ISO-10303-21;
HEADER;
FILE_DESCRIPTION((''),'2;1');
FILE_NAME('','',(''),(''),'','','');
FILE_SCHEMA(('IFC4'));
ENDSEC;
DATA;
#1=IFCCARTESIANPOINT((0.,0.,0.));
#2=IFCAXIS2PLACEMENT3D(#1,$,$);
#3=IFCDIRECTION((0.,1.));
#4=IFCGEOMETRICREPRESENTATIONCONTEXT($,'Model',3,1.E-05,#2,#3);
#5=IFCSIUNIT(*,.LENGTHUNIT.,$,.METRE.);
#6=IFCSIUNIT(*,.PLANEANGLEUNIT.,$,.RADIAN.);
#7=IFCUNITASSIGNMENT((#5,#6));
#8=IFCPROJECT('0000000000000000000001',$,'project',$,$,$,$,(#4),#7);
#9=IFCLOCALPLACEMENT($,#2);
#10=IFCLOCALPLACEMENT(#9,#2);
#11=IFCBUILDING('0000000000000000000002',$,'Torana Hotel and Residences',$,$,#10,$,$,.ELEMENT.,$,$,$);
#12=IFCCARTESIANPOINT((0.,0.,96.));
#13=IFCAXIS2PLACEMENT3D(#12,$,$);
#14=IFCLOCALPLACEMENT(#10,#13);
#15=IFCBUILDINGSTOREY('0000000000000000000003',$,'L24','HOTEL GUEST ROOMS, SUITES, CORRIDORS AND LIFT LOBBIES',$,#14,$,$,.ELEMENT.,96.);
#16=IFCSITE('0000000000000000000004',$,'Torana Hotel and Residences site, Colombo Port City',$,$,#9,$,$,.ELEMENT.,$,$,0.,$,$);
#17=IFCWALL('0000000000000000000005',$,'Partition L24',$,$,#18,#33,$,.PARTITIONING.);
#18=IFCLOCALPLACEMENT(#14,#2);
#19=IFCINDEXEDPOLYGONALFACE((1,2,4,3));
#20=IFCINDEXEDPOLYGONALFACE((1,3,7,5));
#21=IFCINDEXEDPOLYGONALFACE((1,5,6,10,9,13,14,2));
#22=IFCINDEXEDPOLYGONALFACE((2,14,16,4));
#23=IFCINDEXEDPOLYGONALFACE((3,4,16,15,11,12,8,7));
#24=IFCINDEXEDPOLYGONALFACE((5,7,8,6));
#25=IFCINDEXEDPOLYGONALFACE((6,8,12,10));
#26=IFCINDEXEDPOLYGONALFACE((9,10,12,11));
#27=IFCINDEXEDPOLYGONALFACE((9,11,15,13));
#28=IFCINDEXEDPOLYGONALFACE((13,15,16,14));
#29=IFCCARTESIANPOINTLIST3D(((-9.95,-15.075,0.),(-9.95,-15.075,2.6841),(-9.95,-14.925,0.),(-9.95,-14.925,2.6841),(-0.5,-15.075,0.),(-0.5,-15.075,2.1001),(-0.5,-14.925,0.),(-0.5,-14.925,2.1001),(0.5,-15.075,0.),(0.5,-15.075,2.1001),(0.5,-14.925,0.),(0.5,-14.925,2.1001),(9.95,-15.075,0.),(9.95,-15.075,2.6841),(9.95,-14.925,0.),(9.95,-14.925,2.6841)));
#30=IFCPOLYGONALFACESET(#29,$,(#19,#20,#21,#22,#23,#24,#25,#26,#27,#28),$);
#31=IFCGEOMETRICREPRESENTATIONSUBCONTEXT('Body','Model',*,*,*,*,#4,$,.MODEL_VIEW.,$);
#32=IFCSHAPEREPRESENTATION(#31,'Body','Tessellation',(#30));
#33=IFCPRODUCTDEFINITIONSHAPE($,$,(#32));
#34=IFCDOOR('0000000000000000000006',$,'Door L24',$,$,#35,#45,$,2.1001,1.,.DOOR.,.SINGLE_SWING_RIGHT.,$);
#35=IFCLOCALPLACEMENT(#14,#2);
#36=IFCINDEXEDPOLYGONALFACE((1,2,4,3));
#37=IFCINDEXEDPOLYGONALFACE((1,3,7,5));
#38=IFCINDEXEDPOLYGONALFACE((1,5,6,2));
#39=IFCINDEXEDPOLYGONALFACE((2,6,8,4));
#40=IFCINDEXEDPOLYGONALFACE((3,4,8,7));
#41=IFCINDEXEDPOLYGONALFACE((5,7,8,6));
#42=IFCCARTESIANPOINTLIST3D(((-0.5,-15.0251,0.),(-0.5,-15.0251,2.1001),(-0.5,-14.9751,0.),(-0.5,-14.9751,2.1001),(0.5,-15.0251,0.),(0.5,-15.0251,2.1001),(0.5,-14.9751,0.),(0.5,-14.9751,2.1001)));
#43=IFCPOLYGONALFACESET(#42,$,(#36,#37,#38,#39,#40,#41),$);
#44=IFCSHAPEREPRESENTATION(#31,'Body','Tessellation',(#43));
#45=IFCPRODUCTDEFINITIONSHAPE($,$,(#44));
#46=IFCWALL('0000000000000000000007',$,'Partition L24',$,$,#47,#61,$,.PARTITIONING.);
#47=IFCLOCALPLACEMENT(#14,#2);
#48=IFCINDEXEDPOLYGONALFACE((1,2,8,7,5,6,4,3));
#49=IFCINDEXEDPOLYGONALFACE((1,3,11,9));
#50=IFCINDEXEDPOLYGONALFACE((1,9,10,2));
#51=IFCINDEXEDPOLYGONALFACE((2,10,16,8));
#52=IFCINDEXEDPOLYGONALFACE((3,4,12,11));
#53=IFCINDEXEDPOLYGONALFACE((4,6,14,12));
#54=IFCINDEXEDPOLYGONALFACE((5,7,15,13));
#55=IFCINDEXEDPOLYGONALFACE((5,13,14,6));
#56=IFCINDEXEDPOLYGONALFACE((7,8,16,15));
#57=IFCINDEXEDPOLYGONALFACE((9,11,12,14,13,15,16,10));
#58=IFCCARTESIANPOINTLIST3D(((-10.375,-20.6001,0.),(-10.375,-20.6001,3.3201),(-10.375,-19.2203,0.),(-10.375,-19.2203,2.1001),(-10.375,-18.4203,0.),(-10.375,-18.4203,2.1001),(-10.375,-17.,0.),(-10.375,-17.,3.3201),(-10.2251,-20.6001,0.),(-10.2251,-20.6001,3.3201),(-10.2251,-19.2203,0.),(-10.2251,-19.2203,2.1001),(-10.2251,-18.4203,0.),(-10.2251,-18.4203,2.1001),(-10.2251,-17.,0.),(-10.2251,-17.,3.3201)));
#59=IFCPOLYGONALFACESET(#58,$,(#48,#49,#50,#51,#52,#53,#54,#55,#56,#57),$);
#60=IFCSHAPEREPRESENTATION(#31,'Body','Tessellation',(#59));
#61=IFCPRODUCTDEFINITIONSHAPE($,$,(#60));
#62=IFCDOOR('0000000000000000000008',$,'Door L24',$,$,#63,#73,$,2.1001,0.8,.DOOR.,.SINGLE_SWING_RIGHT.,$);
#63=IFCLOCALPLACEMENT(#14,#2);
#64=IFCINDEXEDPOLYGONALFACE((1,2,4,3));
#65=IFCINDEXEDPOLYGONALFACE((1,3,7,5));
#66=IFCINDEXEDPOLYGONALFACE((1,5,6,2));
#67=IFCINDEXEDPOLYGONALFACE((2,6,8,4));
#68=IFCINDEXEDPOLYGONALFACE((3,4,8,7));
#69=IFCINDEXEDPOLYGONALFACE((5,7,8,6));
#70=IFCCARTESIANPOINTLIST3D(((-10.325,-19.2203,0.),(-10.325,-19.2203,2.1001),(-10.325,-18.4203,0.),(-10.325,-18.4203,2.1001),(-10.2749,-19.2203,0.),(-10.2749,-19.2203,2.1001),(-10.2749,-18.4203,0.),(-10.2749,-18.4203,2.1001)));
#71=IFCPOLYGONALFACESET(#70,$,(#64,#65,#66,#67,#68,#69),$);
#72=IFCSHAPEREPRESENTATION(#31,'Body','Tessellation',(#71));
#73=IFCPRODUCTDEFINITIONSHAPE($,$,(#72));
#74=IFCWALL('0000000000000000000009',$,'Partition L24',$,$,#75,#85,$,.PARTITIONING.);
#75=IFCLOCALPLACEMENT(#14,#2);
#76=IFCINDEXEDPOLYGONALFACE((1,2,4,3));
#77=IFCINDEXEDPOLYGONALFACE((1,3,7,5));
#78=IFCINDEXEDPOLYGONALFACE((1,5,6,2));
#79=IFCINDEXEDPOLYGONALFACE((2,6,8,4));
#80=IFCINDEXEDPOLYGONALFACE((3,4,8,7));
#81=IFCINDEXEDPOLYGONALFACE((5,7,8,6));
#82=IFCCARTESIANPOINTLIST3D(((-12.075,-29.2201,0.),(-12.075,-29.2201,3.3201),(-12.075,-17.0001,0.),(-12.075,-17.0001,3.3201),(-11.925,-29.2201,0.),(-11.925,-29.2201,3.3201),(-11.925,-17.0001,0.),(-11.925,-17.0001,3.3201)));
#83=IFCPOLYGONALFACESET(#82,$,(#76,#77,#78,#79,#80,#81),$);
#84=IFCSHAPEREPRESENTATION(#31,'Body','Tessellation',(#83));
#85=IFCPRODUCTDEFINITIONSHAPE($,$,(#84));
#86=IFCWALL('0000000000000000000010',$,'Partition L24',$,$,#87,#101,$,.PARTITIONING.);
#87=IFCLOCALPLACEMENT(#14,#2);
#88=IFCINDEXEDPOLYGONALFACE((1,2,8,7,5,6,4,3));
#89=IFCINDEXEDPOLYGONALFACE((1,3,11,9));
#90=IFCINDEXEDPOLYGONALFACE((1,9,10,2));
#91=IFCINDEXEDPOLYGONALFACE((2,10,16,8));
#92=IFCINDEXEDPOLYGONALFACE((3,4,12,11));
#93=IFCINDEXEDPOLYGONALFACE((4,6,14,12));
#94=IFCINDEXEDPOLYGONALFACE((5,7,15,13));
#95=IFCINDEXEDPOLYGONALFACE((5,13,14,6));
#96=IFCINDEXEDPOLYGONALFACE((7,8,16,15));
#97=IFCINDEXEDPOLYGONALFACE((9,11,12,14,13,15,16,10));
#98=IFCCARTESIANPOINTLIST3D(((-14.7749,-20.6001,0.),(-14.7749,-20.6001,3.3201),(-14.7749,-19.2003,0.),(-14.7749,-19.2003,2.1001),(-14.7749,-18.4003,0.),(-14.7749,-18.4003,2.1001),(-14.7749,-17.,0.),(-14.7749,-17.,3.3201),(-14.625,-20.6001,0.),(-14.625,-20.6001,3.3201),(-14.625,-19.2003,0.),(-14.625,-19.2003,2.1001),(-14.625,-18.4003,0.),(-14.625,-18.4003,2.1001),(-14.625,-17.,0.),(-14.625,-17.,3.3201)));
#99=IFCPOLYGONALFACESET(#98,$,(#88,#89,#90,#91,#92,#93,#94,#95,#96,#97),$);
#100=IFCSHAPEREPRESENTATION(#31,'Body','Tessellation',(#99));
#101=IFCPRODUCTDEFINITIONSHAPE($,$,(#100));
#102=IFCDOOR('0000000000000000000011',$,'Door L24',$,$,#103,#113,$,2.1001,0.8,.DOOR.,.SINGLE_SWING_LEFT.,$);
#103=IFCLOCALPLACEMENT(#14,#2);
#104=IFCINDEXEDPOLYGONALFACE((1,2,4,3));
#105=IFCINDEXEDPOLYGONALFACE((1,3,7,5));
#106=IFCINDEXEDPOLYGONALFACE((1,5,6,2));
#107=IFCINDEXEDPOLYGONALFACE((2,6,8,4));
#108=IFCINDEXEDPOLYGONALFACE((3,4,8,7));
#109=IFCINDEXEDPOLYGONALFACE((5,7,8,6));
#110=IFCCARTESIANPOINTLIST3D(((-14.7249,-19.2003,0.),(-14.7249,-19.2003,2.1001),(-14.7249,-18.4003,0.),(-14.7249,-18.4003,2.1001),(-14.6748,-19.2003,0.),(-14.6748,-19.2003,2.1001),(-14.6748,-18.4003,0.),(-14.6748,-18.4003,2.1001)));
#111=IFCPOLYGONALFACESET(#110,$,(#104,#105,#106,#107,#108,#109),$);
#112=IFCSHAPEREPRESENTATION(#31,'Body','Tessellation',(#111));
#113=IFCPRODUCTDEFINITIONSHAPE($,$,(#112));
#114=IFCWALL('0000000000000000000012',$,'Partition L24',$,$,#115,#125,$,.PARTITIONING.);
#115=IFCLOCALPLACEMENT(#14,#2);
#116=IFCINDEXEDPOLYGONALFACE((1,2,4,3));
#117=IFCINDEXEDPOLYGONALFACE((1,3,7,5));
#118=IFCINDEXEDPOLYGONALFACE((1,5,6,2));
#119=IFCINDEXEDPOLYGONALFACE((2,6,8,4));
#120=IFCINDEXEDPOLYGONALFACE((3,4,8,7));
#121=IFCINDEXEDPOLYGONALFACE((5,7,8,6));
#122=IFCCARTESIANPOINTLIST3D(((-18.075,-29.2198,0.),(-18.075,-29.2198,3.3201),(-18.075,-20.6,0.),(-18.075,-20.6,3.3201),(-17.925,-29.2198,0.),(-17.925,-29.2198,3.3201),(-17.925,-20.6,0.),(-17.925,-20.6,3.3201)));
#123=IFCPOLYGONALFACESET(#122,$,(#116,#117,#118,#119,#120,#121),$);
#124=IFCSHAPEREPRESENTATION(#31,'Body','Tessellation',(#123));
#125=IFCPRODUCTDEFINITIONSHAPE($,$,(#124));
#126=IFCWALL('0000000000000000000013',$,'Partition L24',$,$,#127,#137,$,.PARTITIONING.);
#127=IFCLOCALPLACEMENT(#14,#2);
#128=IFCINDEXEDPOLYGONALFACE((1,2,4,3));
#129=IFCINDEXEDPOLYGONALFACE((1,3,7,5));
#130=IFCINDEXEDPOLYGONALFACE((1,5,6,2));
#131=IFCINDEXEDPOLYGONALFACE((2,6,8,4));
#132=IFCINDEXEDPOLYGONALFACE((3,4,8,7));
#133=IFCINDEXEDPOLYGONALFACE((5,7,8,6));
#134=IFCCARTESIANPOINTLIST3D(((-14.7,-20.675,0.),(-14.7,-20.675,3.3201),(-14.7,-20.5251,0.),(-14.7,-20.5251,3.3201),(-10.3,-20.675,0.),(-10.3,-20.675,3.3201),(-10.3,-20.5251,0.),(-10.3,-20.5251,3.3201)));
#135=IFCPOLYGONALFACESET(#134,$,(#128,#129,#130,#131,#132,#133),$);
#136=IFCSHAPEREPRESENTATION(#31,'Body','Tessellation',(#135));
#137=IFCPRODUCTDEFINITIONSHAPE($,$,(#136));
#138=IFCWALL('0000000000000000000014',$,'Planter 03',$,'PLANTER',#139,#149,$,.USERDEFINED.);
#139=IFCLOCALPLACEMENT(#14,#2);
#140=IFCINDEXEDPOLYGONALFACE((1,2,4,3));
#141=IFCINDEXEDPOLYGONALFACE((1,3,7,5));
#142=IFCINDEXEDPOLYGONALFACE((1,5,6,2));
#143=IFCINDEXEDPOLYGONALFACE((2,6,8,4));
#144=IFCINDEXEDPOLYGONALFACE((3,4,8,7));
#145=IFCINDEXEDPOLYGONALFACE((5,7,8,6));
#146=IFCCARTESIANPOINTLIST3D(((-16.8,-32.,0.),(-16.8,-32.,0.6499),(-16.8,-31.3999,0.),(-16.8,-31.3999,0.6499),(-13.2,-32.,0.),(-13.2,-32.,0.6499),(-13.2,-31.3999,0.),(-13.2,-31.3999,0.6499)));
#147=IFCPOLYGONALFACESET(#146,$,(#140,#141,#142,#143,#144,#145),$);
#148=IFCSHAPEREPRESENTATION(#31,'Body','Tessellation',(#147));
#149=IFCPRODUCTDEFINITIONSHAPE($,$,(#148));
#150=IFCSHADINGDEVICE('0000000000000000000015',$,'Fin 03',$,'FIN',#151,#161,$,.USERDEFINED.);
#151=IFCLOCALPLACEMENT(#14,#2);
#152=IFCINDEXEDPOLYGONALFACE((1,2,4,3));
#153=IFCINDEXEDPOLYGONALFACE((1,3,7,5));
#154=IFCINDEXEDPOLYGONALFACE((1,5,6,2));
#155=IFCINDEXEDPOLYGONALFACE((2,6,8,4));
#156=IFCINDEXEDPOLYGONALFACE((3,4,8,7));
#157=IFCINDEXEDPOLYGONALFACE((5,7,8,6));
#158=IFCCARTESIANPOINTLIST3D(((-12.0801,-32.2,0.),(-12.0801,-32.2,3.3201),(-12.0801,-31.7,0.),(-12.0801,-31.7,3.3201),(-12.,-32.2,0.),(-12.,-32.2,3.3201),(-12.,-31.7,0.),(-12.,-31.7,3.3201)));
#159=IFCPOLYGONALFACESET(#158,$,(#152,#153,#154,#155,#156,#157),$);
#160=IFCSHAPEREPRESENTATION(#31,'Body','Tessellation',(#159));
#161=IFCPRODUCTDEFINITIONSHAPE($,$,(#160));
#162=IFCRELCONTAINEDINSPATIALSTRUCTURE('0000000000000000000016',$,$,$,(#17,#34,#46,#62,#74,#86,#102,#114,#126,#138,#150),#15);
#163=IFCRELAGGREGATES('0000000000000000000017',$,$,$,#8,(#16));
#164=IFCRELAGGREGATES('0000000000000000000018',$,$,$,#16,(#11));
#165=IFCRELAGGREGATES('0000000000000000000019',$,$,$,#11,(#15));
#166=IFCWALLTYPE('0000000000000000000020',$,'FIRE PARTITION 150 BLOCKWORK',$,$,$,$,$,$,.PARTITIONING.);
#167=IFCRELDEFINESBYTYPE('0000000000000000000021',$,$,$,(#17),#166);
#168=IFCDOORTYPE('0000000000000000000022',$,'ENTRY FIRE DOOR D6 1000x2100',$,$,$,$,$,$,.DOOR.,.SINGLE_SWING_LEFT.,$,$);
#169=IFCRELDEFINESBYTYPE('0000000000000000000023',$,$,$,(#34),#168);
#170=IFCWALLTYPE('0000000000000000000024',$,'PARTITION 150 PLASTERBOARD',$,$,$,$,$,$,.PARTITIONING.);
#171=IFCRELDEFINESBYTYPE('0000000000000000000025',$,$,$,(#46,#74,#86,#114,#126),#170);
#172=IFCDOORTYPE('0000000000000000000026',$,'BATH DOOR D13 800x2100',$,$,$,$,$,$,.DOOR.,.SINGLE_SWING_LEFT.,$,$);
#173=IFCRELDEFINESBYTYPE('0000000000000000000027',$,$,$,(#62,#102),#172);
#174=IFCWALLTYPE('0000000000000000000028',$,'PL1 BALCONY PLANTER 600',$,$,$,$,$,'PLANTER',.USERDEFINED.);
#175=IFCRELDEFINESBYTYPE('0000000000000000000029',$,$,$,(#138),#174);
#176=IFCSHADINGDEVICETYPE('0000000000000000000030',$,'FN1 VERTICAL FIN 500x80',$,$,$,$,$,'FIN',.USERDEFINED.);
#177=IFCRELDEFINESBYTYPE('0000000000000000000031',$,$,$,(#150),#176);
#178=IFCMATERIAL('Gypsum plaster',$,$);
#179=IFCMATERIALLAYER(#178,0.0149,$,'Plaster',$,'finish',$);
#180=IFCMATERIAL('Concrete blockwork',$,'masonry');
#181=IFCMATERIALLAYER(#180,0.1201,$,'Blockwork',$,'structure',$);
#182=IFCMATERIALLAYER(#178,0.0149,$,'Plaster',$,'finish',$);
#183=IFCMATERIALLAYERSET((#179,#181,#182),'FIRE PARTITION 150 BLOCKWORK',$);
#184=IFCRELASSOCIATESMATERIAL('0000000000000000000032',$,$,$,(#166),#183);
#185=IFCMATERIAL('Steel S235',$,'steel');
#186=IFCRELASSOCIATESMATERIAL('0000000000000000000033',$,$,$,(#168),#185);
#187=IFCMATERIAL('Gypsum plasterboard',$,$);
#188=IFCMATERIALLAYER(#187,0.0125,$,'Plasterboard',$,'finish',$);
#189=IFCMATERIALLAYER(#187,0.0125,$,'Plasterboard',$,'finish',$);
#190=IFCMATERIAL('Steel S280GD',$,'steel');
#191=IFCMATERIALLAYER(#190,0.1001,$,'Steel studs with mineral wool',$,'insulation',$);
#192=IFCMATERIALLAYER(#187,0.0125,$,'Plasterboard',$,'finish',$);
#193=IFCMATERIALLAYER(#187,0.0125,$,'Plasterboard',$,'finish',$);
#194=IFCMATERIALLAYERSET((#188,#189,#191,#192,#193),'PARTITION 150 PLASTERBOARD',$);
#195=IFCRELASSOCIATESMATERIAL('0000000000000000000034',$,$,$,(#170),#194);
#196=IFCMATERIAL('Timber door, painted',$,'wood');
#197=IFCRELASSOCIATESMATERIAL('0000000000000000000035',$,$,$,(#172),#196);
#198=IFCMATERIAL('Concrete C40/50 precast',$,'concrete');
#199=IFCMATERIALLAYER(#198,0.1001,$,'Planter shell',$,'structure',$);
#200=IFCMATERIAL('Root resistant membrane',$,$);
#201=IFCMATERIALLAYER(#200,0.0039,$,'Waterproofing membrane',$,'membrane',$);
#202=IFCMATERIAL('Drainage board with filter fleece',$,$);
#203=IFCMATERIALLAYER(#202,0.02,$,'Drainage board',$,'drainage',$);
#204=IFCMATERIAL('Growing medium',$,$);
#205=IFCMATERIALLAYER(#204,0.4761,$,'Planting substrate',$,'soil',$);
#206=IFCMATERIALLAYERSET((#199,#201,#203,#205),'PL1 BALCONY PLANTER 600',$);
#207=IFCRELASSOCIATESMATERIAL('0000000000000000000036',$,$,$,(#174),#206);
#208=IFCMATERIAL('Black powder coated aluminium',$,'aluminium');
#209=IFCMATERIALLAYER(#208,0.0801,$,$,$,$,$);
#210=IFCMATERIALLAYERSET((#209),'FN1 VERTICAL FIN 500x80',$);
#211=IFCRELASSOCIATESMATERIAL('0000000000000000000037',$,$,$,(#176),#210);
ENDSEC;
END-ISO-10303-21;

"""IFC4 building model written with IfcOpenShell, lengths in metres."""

from ifc_helpers import new_model, si_unit, direction, frame, frame_2d, origin, origin_2d, place, context, subcontext, project, spatial, rectangle, extrude, material, layer, layer_set, type_object, element, fill, save


model = new_model("IFC4")

# Units and contexts
model_context = context("Model", 3, precision=1e-05, world=origin(), true_north=direction((0.0, 1.0)))
body_context = subcontext(model_context, "Body", "Model", "MODEL_VIEW")
ifc_project = project(units=[si_unit("LENGTHUNIT", "METRE"), si_unit("PLANEANGLEUNIT", "RADIAN")], contexts=[model_context])

# Site, building, storey
site_placement = place(None, origin())
site = spatial("IfcSite", under=ifc_project, at=site_placement, Name="Torana Hotel and Residences site, Colombo Port City", CompositionType="ELEMENT", RefElevation=0.0)
building_placement = place(site_placement, origin())
building = spatial("IfcBuilding", under=site, at=building_placement, Name="Torana Hotel and Residences", CompositionType="ELEMENT")
storey_placement = place(building_placement, frame((0.0, 0.0, 96.0)))
storey = spatial("IfcBuildingStorey", under=building, at=storey_placement, Name="L24", Description="HOTEL GUEST ROOMS, SUITES, CORRIDORS AND LIFT LOBBIES", CompositionType="ELEMENT", Elevation=96.0)

# Shared definitions
ifc_material_1 = material(Name="Gypsum plaster")
ifc_layer_1 = layer(ifc_material_1, 0.0149, Name="Plaster", Category="finish")
ifc_material_2 = material(Name="Concrete blockwork", Category="masonry")
ifc_layer_2 = layer(ifc_material_2, 0.1201, Name="Blockwork", Category="structure")
ifc_layer_3 = layer(ifc_material_1, 0.0149, Name="Plaster", Category="finish")
ifc_layer_set_1 = layer_set([ifc_layer_1, ifc_layer_2, ifc_layer_3], Name="FIRE PARTITION 150 BLOCKWORK")
wall_type_1 = type_object("IfcWallType", Name="FIRE PARTITION 150 BLOCKWORK", PredefinedType="PARTITIONING", material=ifc_layer_set_1)

# Walls, openings, doors
wall_1_placement = place(storey_placement, frame((-9.95, -15.0, 0.0), z_axis=(0.0, 0.0, 1.0), x_axis=(1.0, 0.0, 0.0)))
wall_1 = element("IfcWall", 1, at=wall_1_placement, inside=storey, type_object=wall_type_1, Name="Partition L24", PredefinedType="PARTITIONING", context=body_context, shape_type="SweptSolid", body=[
    extrude(rectangle(XDim=19.8999, YDim=0.1499, at=frame_2d((9.95, 0.0))), origin(), (0.0, 0.0, 1.0), 2.6841),
])
opening_1_placement = place(wall_1_placement, frame((9.45, 0.0, 0.0)))
opening_1 = element("IfcOpeningElement", 2, at=opening_1_placement, cuts=wall_1, PredefinedType="OPENING", context=body_context, shape_type="SweptSolid", body=[
    extrude(rectangle(XDim=1.0, YDim=2.1001, at=frame_2d((0.5, 1.05))), frame((0.0, 0.085, 0.0), z_axis=(0.0, -1.0, 0.0), x_axis=(1.0, 0.0, 0.0)), (0.0, 0.0, 1.0), 0.1699),
])
ifc_material_3 = material(Name="Steel S235", Category="steel")
door_type_1 = type_object("IfcDoorType", Name="ENTRY FIRE DOOR D6 1000x2100", OperationType="SINGLE_SWING_LEFT", PredefinedType="DOOR", material=ifc_material_3)
door_1_placement = place(opening_1_placement, origin())
door_1 = element("IfcDoor", 3, at=door_1_placement, inside=storey, type_object=door_type_1, Name="Door L24", OperationType="SINGLE_SWING_RIGHT", OverallHeight=2.1001, OverallWidth=1.0, PredefinedType="DOOR", context=body_context, shape_type="SweptSolid", body=[
    extrude(rectangle(XDim=1.0, YDim=2.1001, at=frame_2d((0.5, 1.05))), frame((0.0, 0.0249, 0.0), z_axis=(0.0, -1.0, 0.0), x_axis=(1.0, 0.0, 0.0)), (0.0, 0.0, 1.0), 0.05),
])
fill(opening_1, door_1)
ifc_material_4 = material(Name="Gypsum plasterboard")
ifc_layer_4 = layer(ifc_material_4, 0.0125, Name="Plasterboard", Category="finish")
ifc_layer_5 = layer(ifc_material_4, 0.0125, Name="Plasterboard", Category="finish")
ifc_material_5 = material(Name="Steel S280GD", Category="steel")
ifc_layer_6 = layer(ifc_material_5, 0.1001, Name="Steel studs with mineral wool", Category="insulation")
ifc_layer_7 = layer(ifc_material_4, 0.0125, Name="Plasterboard", Category="finish")
ifc_layer_8 = layer(ifc_material_4, 0.0125, Name="Plasterboard", Category="finish")
ifc_layer_set_2 = layer_set([ifc_layer_4, ifc_layer_5, ifc_layer_6, ifc_layer_7, ifc_layer_8], Name="PARTITION 150 PLASTERBOARD")
wall_type_2 = type_object("IfcWallType", Name="PARTITION 150 PLASTERBOARD", PredefinedType="PARTITIONING", material=ifc_layer_set_2)
wall_2_placement = place(storey_placement, frame((-10.3, -20.6001, 0.0), z_axis=(0.0, 0.0, 1.0), x_axis=(0.0, 1.0, 0.0)))
wall_2 = element("IfcWall", 4, at=wall_2_placement, inside=storey, type_object=wall_type_2, Name="Partition L24", PredefinedType="PARTITIONING", context=body_context, shape_type="SweptSolid", body=[
    extrude(rectangle(XDim=3.6001, YDim=0.1499, at=frame_2d((1.8, 0.0))), origin(), (0.0, 0.0, 1.0), 3.3201),
])
opening_2_placement = place(wall_2_placement, frame((1.3799, 0.0, 0.0)))
opening_2 = element("IfcOpeningElement", 5, at=opening_2_placement, cuts=wall_2, PredefinedType="OPENING", context=body_context, shape_type="SweptSolid", body=[
    extrude(rectangle(XDim=0.8, YDim=2.1001, at=frame_2d((0.3999, 1.05))), frame((0.0, 0.085, 0.0), z_axis=(0.0, -1.0, 0.0), x_axis=(1.0, 0.0, 0.0)), (0.0, 0.0, 1.0), 0.1699),
])
ifc_material_6 = material(Name="Timber door, painted", Category="wood")
door_type_2 = type_object("IfcDoorType", Name="BATH DOOR D13 800x2100", OperationType="SINGLE_SWING_LEFT", PredefinedType="DOOR", material=ifc_material_6)
door_2_placement = place(opening_2_placement, origin())
door_2 = element("IfcDoor", 6, at=door_2_placement, inside=storey, type_object=door_type_2, Name="Door L24", OperationType="SINGLE_SWING_RIGHT", OverallHeight=2.1001, OverallWidth=0.8, PredefinedType="DOOR", context=body_context, shape_type="SweptSolid", body=[
    extrude(rectangle(XDim=0.8, YDim=2.1001, at=frame_2d((0.3999, 1.05))), frame((0.0, 0.0249, 0.0), z_axis=(0.0, -1.0, 0.0), x_axis=(1.0, 0.0, 0.0)), (0.0, 0.0, 1.0), 0.05),
])
fill(opening_2, door_2)

# Wall
wall_3_placement = place(storey_placement, frame((-12.0, -29.22, 0.0), z_axis=(0.0, 0.0, 1.0), x_axis=(0.0, 1.0, 0.0)))
element("IfcWall", 7, at=wall_3_placement, inside=storey, type_object=wall_type_2, Name="Partition L24", PredefinedType="PARTITIONING", context=body_context, shape_type="SweptSolid", body=[
    extrude(rectangle(XDim=12.22, YDim=0.1499, at=frame_2d((6.1099, 0.0))), origin(), (0.0, 0.0, 1.0), 3.3201),
])

# Wall, opening, door
wall_4_placement = place(storey_placement, frame((-14.7, -20.6001, 0.0), z_axis=(0.0, 0.0, 1.0), x_axis=(0.0, 1.0, 0.0)))
wall_4 = element("IfcWall", 8, at=wall_4_placement, inside=storey, type_object=wall_type_2, Name="Partition L24", PredefinedType="PARTITIONING", context=body_context, shape_type="SweptSolid", body=[
    extrude(rectangle(XDim=3.6001, YDim=0.1499, at=frame_2d((1.8, 0.0))), origin(), (0.0, 0.0, 1.0), 3.3201),
])
opening_3_placement = place(wall_4_placement, frame((1.3999, 0.0, 0.0)))
opening_3 = element("IfcOpeningElement", 9, at=opening_3_placement, cuts=wall_4, PredefinedType="OPENING", context=body_context, shape_type="SweptSolid", body=[
    extrude(rectangle(XDim=0.8, YDim=2.1001, at=frame_2d((0.3999, 1.05))), frame((0.0, 0.085, 0.0), z_axis=(0.0, -1.0, 0.0), x_axis=(1.0, 0.0, 0.0)), (0.0, 0.0, 1.0), 0.1699),
])
door_3_placement = place(opening_3_placement, origin())
door_3 = element("IfcDoor", 10, at=door_3_placement, inside=storey, type_object=door_type_2, Name="Door L24", OperationType="SINGLE_SWING_LEFT", OverallHeight=2.1001, OverallWidth=0.8, PredefinedType="DOOR", context=body_context, shape_type="SweptSolid", body=[
    extrude(rectangle(XDim=0.8, YDim=2.1001, at=frame_2d((0.3999, 1.05))), frame((0.0, 0.0249, 0.0), z_axis=(0.0, -1.0, 0.0), x_axis=(1.0, 0.0, 0.0)), (0.0, 0.0, 1.0), 0.05),
])
fill(opening_3, door_3)

# Walls
wall_5_placement = place(storey_placement, frame((-18.0, -29.22, 0.0), z_axis=(0.0, 0.0, 1.0), x_axis=(0.0, 1.0, 0.0)))
element("IfcWall", 11, at=wall_5_placement, inside=storey, type_object=wall_type_2, Name="Partition L24", PredefinedType="PARTITIONING", context=body_context, shape_type="SweptSolid", body=[
    extrude(rectangle(XDim=8.6199, YDim=0.1499, at=frame_2d((4.3101, 0.0))), origin(), (0.0, 0.0, 1.0), 3.3201),
])
wall_6_placement = place(storey_placement, frame((-14.7, -20.6001, 0.0), z_axis=(0.0, 0.0, 1.0), x_axis=(1.0, 0.0, 0.0)))
element("IfcWall", 12, at=wall_6_placement, inside=storey, type_object=wall_type_2, Name="Partition L24", PredefinedType="PARTITIONING", context=body_context, shape_type="SweptSolid", body=[
    extrude(rectangle(XDim=4.3999, YDim=0.1499, at=frame_2d((2.2, 0.0))), origin(), (0.0, 0.0, 1.0), 3.3201),
])
ifc_material_7 = material(Name="Concrete C40/50 precast", Category="concrete")
ifc_layer_9 = layer(ifc_material_7, 0.1001, Name="Planter shell", Category="structure")
ifc_material_8 = material(Name="Root resistant membrane")
ifc_layer_10 = layer(ifc_material_8, 0.0039, Name="Waterproofing membrane", Category="membrane")
ifc_material_9 = material(Name="Drainage board with filter fleece")
ifc_layer_11 = layer(ifc_material_9, 0.02, Name="Drainage board", Category="drainage")
ifc_material_10 = material(Name="Growing medium")
ifc_layer_12 = layer(ifc_material_10, 0.4761, Name="Planting substrate", Category="soil")
ifc_layer_set_3 = layer_set([ifc_layer_9, ifc_layer_10, ifc_layer_11, ifc_layer_12], Name="PL1 BALCONY PLANTER 600")
wall_type_3 = type_object("IfcWallType", Name="PL1 BALCONY PLANTER 600", ElementType="PLANTER", PredefinedType="USERDEFINED", material=ifc_layer_set_3)
wall_7_placement = place(storey_placement, frame((-13.2, -31.7, 0.0), z_axis=(0.0, 0.0, 1.0), x_axis=(-1.0, 0.0, 0.0)))
element("IfcWall", 13, at=wall_7_placement, inside=storey, type_object=wall_type_3, Name="Planter 03", ObjectType="PLANTER", PredefinedType="USERDEFINED", context=body_context, shape_type="SweptSolid", body=[
    extrude(rectangle(XDim=3.6001, YDim=0.6001, at=frame_2d((1.8, 0.0))), origin(), (0.0, 0.0, 1.0), 0.6499),
])

# Shading device
ifc_material_11 = material(Name="Black powder coated aluminium", Category="aluminium")
ifc_layer_13 = layer(ifc_material_11, 0.0801)
ifc_layer_set_4 = layer_set([ifc_layer_13], Name="FN1 VERTICAL FIN 500x80")
shading_device_type = type_object("IfcShadingDeviceType", Name="FN1 VERTICAL FIN 500x80", ElementType="FIN", PredefinedType="USERDEFINED", material=ifc_layer_set_4)
shading_device_placement = place(storey_placement, frame((-12.04, -31.95, 0.0), z_axis=(0.0, 0.0, 1.0), x_axis=(-1.0, 0.0, 0.0)))
element("IfcShadingDevice", 14, at=shading_device_placement, inside=storey, type_object=shading_device_type, Name="Fin 03", ObjectType="FIN", PredefinedType="USERDEFINED", context=body_context, shape_type="SweptSolid", body=[
    extrude(rectangle(XDim=0.0801, YDim=0.5, at=origin_2d()), origin(), (0.0, 0.0, 1.0), 3.3201),
])

save(model, "model.ifc")
